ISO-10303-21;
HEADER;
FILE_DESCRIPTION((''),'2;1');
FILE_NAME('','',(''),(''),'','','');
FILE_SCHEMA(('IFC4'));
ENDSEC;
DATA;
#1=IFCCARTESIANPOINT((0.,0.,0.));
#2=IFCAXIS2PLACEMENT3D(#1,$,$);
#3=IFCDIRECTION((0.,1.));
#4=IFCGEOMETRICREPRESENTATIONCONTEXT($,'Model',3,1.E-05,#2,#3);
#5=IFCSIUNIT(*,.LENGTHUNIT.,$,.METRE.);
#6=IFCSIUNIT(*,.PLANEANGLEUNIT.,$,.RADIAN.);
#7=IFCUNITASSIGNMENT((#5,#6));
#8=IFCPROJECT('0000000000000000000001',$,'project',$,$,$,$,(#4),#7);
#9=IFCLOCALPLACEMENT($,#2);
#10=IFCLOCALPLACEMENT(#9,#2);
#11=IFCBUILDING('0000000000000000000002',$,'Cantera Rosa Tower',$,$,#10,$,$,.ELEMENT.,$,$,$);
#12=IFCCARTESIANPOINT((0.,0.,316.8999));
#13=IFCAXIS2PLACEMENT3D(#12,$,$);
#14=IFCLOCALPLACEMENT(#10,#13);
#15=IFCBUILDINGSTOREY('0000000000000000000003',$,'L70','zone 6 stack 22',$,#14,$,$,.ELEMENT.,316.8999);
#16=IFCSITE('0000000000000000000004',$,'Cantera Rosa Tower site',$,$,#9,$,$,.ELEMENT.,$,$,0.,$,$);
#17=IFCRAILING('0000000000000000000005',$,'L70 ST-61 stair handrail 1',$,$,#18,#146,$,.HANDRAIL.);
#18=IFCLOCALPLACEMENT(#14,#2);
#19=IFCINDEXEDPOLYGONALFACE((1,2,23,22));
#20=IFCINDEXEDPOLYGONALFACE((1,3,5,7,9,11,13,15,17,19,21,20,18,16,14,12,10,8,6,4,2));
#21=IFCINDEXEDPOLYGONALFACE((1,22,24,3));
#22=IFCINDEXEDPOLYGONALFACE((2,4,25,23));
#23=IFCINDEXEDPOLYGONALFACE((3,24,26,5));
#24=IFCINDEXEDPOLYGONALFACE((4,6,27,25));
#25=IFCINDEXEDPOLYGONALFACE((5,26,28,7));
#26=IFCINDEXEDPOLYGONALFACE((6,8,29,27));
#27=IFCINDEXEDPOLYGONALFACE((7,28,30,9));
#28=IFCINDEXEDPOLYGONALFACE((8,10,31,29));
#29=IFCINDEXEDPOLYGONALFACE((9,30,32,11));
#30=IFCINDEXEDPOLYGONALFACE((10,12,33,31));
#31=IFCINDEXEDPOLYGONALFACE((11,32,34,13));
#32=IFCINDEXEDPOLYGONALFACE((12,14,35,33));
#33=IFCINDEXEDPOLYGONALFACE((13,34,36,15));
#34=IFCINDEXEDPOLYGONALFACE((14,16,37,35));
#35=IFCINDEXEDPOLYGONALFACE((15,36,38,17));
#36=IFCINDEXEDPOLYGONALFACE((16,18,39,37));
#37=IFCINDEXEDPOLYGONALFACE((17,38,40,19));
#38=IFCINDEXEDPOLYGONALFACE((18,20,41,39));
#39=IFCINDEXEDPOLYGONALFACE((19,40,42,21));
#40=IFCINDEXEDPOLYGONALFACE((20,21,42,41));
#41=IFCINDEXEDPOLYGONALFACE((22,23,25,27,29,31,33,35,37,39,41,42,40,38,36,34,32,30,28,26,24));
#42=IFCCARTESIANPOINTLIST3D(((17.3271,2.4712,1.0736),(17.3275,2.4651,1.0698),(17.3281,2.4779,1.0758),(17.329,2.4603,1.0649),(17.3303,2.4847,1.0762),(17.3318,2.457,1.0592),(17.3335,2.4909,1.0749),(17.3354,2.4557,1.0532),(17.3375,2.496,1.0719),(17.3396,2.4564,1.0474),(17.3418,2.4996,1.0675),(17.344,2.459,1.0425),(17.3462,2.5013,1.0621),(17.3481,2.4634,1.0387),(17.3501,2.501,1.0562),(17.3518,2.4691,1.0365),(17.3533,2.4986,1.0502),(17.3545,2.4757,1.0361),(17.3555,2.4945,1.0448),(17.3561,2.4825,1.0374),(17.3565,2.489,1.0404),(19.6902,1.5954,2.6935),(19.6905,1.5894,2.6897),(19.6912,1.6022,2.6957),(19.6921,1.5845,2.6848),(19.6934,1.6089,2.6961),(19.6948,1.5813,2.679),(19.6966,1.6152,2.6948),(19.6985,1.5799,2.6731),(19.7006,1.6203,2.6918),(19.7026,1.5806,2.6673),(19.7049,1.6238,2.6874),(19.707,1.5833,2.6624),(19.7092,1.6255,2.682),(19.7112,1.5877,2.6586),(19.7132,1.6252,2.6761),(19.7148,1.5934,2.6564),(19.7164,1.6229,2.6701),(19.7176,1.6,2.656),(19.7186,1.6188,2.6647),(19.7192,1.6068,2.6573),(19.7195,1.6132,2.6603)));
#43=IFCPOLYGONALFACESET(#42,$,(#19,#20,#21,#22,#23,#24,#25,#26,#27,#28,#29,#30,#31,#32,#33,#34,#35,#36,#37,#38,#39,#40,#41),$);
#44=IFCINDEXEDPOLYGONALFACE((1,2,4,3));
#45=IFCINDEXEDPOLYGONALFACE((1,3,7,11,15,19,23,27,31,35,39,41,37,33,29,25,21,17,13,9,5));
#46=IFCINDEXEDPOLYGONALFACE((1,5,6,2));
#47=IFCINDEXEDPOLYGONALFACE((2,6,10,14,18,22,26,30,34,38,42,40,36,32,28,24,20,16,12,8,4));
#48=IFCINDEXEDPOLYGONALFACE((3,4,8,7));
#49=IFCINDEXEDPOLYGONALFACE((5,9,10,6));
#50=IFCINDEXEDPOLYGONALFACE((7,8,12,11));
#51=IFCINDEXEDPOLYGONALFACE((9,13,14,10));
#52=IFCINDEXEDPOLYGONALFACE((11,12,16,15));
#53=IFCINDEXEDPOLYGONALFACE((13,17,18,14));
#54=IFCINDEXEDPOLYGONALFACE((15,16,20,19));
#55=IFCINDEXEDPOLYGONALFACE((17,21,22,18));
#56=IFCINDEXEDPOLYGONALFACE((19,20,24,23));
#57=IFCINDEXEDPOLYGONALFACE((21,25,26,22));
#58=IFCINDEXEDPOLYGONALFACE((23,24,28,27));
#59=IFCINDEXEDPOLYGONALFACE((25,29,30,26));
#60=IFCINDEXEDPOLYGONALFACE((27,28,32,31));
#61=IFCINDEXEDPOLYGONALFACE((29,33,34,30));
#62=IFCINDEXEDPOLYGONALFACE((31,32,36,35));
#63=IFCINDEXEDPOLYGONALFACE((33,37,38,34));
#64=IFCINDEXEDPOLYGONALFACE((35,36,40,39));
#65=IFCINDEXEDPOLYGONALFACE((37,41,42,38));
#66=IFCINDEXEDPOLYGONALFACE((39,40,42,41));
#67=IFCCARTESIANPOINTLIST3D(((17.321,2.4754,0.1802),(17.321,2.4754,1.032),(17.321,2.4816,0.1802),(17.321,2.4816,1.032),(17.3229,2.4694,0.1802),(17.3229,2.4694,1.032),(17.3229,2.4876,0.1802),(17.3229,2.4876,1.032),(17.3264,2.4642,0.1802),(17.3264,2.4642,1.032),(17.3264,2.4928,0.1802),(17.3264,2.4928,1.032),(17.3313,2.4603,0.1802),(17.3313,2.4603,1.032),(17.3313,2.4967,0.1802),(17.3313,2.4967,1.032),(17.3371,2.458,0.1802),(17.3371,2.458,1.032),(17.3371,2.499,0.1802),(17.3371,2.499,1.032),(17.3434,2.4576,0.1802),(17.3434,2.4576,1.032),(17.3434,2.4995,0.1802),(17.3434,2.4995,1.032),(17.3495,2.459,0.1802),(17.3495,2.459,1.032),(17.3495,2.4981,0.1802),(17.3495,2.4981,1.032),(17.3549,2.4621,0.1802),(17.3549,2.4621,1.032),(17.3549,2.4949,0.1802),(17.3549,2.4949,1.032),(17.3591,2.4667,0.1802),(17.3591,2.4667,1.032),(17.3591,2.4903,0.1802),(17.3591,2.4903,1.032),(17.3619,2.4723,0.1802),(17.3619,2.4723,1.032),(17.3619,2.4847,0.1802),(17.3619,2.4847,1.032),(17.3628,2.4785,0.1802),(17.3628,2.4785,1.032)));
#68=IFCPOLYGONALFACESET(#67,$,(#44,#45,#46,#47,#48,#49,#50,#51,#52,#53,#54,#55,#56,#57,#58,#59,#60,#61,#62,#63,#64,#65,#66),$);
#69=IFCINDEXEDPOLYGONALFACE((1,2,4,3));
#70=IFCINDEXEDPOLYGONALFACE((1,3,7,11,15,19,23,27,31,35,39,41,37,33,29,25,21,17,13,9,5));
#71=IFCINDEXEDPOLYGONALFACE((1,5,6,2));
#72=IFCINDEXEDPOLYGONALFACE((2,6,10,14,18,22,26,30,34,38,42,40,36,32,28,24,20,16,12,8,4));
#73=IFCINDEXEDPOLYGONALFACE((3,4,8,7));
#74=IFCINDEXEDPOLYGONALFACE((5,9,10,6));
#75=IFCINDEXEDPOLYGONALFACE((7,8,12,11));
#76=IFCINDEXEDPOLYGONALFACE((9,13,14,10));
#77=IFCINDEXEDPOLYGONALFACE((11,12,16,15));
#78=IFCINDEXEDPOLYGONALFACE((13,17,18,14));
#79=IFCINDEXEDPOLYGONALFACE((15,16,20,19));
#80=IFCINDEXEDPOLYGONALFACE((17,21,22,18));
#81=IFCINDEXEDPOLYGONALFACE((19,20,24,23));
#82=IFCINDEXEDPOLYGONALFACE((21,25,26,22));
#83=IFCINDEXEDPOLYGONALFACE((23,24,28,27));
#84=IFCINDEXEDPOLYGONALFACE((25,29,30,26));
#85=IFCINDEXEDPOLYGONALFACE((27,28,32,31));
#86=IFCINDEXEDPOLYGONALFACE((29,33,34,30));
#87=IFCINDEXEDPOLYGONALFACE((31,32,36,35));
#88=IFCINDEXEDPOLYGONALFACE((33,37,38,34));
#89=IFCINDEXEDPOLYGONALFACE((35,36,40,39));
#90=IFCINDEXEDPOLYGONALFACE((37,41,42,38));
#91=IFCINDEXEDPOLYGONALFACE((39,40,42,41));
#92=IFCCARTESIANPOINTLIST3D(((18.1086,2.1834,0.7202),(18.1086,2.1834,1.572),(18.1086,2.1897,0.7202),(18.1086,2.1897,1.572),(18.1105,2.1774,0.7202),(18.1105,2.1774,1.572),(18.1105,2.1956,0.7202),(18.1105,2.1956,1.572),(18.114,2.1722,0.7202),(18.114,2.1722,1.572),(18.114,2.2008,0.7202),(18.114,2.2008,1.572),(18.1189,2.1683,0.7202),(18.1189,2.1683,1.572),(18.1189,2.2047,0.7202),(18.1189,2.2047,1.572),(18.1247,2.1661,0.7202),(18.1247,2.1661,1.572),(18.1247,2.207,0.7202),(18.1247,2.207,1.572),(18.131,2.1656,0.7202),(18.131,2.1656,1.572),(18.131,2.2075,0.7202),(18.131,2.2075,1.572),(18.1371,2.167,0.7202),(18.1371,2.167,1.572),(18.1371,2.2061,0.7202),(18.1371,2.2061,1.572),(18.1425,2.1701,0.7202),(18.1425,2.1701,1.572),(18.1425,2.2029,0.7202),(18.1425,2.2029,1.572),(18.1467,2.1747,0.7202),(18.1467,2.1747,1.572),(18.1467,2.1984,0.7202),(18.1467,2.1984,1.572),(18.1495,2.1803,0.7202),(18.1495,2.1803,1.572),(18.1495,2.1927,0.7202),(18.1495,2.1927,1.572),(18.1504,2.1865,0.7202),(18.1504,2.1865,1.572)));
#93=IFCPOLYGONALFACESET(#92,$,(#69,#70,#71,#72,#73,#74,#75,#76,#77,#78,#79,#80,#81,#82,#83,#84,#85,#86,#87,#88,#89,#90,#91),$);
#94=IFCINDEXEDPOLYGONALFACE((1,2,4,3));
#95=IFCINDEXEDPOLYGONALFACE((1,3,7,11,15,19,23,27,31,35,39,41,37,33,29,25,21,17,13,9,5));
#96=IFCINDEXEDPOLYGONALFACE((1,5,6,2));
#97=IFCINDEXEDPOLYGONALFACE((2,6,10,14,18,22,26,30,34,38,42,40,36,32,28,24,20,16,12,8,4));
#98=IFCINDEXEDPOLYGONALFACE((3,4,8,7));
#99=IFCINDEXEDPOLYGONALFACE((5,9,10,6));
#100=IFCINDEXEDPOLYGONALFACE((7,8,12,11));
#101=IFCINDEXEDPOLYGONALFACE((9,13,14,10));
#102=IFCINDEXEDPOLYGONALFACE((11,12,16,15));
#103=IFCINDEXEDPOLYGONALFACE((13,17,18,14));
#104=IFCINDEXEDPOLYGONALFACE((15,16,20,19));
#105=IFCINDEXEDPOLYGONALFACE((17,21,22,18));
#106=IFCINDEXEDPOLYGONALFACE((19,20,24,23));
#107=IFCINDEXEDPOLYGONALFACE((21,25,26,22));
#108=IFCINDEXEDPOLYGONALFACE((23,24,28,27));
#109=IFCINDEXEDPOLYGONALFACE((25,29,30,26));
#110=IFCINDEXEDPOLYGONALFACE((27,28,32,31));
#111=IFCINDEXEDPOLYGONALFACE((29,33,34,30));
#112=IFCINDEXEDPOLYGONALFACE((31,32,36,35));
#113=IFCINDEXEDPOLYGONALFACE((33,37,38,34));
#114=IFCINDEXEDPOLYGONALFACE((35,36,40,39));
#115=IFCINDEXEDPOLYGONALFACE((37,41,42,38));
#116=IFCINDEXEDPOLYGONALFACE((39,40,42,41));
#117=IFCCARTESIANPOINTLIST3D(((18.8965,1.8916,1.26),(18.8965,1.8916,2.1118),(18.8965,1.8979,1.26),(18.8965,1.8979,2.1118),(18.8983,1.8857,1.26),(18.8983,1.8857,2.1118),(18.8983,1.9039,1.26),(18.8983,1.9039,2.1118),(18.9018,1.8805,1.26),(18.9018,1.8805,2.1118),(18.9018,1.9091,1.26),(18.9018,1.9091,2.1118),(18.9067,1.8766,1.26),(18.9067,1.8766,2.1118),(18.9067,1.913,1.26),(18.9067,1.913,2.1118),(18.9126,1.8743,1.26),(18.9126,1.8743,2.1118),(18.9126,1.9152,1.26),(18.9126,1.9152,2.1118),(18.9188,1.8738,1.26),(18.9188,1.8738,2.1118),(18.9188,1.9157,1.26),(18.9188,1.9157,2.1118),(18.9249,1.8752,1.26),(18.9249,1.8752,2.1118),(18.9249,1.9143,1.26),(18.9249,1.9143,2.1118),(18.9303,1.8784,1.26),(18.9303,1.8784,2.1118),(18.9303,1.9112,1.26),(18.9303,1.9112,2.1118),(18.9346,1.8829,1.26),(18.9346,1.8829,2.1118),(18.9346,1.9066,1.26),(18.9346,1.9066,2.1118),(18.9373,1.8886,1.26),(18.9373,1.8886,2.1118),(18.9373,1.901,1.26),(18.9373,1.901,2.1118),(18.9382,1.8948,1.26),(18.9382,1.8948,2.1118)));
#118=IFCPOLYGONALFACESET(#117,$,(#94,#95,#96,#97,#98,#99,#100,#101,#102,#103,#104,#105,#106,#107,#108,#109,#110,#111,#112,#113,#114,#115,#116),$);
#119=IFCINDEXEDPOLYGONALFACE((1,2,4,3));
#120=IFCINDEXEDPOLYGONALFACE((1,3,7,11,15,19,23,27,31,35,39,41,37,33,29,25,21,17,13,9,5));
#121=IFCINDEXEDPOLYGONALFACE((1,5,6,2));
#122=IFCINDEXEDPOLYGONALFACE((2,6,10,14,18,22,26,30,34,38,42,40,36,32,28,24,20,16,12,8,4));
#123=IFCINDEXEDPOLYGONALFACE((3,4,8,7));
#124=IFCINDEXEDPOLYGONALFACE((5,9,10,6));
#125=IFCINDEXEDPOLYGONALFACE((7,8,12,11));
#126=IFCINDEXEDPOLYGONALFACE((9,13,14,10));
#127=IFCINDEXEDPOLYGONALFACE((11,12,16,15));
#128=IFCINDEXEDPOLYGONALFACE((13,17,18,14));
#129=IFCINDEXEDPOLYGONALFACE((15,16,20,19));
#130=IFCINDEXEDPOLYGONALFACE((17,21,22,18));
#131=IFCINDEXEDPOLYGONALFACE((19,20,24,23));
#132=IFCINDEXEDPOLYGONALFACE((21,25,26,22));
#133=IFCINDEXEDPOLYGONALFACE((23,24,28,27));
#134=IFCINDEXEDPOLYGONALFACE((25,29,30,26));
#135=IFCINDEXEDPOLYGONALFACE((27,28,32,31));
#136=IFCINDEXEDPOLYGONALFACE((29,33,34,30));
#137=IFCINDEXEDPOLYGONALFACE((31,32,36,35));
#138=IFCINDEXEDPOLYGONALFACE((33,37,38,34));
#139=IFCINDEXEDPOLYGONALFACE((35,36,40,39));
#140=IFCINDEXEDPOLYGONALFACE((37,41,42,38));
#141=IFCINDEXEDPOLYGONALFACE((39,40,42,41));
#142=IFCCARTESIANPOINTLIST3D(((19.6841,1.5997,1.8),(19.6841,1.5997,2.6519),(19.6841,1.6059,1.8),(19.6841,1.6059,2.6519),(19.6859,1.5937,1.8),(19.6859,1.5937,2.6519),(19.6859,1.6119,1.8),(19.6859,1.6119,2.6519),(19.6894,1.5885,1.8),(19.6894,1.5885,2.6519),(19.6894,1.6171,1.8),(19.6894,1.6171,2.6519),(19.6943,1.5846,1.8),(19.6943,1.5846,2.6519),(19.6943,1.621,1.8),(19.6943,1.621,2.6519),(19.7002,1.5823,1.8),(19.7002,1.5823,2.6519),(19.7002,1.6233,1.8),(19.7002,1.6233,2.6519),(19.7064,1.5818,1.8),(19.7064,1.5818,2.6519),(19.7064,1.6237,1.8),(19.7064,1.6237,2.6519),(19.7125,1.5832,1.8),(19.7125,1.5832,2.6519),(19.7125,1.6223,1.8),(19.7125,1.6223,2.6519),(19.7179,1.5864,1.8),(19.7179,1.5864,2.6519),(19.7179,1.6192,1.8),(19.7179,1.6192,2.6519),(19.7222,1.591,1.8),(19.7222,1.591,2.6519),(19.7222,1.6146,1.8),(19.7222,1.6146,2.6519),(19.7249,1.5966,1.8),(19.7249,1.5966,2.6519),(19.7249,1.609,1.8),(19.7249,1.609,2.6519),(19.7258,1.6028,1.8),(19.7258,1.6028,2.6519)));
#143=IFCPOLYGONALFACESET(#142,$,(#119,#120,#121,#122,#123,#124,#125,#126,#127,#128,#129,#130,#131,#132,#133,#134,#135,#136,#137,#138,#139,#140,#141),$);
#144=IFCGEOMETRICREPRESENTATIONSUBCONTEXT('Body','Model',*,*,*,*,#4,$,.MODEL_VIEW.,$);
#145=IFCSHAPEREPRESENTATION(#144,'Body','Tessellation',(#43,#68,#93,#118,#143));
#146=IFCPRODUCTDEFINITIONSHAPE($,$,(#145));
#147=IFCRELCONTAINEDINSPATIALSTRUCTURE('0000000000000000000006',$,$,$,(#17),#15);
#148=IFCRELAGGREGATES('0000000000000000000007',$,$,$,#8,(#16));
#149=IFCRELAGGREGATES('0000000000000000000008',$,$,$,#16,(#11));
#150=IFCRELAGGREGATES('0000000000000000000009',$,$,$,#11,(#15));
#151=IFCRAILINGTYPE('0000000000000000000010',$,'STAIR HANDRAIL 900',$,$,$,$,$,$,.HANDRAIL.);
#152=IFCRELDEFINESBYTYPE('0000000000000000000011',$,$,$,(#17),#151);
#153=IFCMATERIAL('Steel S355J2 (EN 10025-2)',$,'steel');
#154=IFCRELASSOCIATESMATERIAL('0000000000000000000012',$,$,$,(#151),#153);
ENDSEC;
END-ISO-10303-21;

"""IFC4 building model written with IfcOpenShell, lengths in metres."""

from ifc_helpers import new_model, si_unit, direction, frame, origin, origin_2d, place, context, subcontext, project, spatial, circle, extrude, material, type_object, element, save


model = new_model("IFC4")

# Units and contexts
model_context = context("Model", 3, precision=1e-05, world=origin(), true_north=direction((0.0, 1.0)))
body_context = subcontext(model_context, "Body", "Model", "MODEL_VIEW")
ifc_project = project(units=[si_unit("LENGTHUNIT", "METRE"), si_unit("PLANEANGLEUNIT", "RADIAN")], contexts=[model_context])

# Site, building, storey
site_placement = place(None, origin())
site = spatial("IfcSite", under=ifc_project, at=site_placement, Name="Cantera Rosa Tower site", CompositionType="ELEMENT", RefElevation=0.0)
building_placement = place(site_placement, origin())
building = spatial("IfcBuilding", under=site, at=building_placement, Name="Cantera Rosa Tower", CompositionType="ELEMENT")
storey_placement = place(building_placement, frame((0.0, 0.0, 316.8999)))
storey = spatial("IfcBuildingStorey", under=building, at=storey_placement, Name="L70", Description="zone 6 stack 22", CompositionType="ELEMENT", Elevation=316.8999)

# Railing
ifc_material_1 = material(Name="Steel S355J2 (EN 10025-2)", Category="steel")
railing_type_1 = type_object("IfcRailingType", Name="STAIR HANDRAIL 900", PredefinedType="HANDRAIL", material=ifc_material_1)
railing_1_placement = place(storey_placement, frame((17.3418, 2.4785, 0.1802)))
element("IfcRailing", 1, at=railing_1_placement, inside=storey, type_object=railing_type_1, Name="L70 ST-61 stair handrail 1", PredefinedType="HANDRAIL", context=body_context, shape_type="SweptSolid", body=[
    extrude(circle(Radius=0.0239, at=origin_2d()), frame((0.0, 0.0, 0.876), z_axis=(0.788782, -0.29232, 0.540714), x_axis=(0.347501, 0.93768, 0.0)), (0.0, 0.0, 1.0), 2.9958),
    extrude(circle(Radius=0.021, at=origin_2d()), origin(), (0.0, 0.0, 1.0), 0.8518),
    extrude(circle(Radius=0.021, at=origin_2d()), frame((0.7876, -0.292, 0.54)), (0.0, 0.0, 1.0), 0.8518),
    extrude(circle(Radius=0.021, at=origin_2d()), frame((1.5754, -0.5837, 1.0798)), (0.0, 0.0, 1.0), 0.8518),
    extrude(circle(Radius=0.021, at=origin_2d()), frame((2.363, -0.8757, 1.6199)), (0.0, 0.0, 1.0), 0.8518),
])

save(model, "model.ifc")
